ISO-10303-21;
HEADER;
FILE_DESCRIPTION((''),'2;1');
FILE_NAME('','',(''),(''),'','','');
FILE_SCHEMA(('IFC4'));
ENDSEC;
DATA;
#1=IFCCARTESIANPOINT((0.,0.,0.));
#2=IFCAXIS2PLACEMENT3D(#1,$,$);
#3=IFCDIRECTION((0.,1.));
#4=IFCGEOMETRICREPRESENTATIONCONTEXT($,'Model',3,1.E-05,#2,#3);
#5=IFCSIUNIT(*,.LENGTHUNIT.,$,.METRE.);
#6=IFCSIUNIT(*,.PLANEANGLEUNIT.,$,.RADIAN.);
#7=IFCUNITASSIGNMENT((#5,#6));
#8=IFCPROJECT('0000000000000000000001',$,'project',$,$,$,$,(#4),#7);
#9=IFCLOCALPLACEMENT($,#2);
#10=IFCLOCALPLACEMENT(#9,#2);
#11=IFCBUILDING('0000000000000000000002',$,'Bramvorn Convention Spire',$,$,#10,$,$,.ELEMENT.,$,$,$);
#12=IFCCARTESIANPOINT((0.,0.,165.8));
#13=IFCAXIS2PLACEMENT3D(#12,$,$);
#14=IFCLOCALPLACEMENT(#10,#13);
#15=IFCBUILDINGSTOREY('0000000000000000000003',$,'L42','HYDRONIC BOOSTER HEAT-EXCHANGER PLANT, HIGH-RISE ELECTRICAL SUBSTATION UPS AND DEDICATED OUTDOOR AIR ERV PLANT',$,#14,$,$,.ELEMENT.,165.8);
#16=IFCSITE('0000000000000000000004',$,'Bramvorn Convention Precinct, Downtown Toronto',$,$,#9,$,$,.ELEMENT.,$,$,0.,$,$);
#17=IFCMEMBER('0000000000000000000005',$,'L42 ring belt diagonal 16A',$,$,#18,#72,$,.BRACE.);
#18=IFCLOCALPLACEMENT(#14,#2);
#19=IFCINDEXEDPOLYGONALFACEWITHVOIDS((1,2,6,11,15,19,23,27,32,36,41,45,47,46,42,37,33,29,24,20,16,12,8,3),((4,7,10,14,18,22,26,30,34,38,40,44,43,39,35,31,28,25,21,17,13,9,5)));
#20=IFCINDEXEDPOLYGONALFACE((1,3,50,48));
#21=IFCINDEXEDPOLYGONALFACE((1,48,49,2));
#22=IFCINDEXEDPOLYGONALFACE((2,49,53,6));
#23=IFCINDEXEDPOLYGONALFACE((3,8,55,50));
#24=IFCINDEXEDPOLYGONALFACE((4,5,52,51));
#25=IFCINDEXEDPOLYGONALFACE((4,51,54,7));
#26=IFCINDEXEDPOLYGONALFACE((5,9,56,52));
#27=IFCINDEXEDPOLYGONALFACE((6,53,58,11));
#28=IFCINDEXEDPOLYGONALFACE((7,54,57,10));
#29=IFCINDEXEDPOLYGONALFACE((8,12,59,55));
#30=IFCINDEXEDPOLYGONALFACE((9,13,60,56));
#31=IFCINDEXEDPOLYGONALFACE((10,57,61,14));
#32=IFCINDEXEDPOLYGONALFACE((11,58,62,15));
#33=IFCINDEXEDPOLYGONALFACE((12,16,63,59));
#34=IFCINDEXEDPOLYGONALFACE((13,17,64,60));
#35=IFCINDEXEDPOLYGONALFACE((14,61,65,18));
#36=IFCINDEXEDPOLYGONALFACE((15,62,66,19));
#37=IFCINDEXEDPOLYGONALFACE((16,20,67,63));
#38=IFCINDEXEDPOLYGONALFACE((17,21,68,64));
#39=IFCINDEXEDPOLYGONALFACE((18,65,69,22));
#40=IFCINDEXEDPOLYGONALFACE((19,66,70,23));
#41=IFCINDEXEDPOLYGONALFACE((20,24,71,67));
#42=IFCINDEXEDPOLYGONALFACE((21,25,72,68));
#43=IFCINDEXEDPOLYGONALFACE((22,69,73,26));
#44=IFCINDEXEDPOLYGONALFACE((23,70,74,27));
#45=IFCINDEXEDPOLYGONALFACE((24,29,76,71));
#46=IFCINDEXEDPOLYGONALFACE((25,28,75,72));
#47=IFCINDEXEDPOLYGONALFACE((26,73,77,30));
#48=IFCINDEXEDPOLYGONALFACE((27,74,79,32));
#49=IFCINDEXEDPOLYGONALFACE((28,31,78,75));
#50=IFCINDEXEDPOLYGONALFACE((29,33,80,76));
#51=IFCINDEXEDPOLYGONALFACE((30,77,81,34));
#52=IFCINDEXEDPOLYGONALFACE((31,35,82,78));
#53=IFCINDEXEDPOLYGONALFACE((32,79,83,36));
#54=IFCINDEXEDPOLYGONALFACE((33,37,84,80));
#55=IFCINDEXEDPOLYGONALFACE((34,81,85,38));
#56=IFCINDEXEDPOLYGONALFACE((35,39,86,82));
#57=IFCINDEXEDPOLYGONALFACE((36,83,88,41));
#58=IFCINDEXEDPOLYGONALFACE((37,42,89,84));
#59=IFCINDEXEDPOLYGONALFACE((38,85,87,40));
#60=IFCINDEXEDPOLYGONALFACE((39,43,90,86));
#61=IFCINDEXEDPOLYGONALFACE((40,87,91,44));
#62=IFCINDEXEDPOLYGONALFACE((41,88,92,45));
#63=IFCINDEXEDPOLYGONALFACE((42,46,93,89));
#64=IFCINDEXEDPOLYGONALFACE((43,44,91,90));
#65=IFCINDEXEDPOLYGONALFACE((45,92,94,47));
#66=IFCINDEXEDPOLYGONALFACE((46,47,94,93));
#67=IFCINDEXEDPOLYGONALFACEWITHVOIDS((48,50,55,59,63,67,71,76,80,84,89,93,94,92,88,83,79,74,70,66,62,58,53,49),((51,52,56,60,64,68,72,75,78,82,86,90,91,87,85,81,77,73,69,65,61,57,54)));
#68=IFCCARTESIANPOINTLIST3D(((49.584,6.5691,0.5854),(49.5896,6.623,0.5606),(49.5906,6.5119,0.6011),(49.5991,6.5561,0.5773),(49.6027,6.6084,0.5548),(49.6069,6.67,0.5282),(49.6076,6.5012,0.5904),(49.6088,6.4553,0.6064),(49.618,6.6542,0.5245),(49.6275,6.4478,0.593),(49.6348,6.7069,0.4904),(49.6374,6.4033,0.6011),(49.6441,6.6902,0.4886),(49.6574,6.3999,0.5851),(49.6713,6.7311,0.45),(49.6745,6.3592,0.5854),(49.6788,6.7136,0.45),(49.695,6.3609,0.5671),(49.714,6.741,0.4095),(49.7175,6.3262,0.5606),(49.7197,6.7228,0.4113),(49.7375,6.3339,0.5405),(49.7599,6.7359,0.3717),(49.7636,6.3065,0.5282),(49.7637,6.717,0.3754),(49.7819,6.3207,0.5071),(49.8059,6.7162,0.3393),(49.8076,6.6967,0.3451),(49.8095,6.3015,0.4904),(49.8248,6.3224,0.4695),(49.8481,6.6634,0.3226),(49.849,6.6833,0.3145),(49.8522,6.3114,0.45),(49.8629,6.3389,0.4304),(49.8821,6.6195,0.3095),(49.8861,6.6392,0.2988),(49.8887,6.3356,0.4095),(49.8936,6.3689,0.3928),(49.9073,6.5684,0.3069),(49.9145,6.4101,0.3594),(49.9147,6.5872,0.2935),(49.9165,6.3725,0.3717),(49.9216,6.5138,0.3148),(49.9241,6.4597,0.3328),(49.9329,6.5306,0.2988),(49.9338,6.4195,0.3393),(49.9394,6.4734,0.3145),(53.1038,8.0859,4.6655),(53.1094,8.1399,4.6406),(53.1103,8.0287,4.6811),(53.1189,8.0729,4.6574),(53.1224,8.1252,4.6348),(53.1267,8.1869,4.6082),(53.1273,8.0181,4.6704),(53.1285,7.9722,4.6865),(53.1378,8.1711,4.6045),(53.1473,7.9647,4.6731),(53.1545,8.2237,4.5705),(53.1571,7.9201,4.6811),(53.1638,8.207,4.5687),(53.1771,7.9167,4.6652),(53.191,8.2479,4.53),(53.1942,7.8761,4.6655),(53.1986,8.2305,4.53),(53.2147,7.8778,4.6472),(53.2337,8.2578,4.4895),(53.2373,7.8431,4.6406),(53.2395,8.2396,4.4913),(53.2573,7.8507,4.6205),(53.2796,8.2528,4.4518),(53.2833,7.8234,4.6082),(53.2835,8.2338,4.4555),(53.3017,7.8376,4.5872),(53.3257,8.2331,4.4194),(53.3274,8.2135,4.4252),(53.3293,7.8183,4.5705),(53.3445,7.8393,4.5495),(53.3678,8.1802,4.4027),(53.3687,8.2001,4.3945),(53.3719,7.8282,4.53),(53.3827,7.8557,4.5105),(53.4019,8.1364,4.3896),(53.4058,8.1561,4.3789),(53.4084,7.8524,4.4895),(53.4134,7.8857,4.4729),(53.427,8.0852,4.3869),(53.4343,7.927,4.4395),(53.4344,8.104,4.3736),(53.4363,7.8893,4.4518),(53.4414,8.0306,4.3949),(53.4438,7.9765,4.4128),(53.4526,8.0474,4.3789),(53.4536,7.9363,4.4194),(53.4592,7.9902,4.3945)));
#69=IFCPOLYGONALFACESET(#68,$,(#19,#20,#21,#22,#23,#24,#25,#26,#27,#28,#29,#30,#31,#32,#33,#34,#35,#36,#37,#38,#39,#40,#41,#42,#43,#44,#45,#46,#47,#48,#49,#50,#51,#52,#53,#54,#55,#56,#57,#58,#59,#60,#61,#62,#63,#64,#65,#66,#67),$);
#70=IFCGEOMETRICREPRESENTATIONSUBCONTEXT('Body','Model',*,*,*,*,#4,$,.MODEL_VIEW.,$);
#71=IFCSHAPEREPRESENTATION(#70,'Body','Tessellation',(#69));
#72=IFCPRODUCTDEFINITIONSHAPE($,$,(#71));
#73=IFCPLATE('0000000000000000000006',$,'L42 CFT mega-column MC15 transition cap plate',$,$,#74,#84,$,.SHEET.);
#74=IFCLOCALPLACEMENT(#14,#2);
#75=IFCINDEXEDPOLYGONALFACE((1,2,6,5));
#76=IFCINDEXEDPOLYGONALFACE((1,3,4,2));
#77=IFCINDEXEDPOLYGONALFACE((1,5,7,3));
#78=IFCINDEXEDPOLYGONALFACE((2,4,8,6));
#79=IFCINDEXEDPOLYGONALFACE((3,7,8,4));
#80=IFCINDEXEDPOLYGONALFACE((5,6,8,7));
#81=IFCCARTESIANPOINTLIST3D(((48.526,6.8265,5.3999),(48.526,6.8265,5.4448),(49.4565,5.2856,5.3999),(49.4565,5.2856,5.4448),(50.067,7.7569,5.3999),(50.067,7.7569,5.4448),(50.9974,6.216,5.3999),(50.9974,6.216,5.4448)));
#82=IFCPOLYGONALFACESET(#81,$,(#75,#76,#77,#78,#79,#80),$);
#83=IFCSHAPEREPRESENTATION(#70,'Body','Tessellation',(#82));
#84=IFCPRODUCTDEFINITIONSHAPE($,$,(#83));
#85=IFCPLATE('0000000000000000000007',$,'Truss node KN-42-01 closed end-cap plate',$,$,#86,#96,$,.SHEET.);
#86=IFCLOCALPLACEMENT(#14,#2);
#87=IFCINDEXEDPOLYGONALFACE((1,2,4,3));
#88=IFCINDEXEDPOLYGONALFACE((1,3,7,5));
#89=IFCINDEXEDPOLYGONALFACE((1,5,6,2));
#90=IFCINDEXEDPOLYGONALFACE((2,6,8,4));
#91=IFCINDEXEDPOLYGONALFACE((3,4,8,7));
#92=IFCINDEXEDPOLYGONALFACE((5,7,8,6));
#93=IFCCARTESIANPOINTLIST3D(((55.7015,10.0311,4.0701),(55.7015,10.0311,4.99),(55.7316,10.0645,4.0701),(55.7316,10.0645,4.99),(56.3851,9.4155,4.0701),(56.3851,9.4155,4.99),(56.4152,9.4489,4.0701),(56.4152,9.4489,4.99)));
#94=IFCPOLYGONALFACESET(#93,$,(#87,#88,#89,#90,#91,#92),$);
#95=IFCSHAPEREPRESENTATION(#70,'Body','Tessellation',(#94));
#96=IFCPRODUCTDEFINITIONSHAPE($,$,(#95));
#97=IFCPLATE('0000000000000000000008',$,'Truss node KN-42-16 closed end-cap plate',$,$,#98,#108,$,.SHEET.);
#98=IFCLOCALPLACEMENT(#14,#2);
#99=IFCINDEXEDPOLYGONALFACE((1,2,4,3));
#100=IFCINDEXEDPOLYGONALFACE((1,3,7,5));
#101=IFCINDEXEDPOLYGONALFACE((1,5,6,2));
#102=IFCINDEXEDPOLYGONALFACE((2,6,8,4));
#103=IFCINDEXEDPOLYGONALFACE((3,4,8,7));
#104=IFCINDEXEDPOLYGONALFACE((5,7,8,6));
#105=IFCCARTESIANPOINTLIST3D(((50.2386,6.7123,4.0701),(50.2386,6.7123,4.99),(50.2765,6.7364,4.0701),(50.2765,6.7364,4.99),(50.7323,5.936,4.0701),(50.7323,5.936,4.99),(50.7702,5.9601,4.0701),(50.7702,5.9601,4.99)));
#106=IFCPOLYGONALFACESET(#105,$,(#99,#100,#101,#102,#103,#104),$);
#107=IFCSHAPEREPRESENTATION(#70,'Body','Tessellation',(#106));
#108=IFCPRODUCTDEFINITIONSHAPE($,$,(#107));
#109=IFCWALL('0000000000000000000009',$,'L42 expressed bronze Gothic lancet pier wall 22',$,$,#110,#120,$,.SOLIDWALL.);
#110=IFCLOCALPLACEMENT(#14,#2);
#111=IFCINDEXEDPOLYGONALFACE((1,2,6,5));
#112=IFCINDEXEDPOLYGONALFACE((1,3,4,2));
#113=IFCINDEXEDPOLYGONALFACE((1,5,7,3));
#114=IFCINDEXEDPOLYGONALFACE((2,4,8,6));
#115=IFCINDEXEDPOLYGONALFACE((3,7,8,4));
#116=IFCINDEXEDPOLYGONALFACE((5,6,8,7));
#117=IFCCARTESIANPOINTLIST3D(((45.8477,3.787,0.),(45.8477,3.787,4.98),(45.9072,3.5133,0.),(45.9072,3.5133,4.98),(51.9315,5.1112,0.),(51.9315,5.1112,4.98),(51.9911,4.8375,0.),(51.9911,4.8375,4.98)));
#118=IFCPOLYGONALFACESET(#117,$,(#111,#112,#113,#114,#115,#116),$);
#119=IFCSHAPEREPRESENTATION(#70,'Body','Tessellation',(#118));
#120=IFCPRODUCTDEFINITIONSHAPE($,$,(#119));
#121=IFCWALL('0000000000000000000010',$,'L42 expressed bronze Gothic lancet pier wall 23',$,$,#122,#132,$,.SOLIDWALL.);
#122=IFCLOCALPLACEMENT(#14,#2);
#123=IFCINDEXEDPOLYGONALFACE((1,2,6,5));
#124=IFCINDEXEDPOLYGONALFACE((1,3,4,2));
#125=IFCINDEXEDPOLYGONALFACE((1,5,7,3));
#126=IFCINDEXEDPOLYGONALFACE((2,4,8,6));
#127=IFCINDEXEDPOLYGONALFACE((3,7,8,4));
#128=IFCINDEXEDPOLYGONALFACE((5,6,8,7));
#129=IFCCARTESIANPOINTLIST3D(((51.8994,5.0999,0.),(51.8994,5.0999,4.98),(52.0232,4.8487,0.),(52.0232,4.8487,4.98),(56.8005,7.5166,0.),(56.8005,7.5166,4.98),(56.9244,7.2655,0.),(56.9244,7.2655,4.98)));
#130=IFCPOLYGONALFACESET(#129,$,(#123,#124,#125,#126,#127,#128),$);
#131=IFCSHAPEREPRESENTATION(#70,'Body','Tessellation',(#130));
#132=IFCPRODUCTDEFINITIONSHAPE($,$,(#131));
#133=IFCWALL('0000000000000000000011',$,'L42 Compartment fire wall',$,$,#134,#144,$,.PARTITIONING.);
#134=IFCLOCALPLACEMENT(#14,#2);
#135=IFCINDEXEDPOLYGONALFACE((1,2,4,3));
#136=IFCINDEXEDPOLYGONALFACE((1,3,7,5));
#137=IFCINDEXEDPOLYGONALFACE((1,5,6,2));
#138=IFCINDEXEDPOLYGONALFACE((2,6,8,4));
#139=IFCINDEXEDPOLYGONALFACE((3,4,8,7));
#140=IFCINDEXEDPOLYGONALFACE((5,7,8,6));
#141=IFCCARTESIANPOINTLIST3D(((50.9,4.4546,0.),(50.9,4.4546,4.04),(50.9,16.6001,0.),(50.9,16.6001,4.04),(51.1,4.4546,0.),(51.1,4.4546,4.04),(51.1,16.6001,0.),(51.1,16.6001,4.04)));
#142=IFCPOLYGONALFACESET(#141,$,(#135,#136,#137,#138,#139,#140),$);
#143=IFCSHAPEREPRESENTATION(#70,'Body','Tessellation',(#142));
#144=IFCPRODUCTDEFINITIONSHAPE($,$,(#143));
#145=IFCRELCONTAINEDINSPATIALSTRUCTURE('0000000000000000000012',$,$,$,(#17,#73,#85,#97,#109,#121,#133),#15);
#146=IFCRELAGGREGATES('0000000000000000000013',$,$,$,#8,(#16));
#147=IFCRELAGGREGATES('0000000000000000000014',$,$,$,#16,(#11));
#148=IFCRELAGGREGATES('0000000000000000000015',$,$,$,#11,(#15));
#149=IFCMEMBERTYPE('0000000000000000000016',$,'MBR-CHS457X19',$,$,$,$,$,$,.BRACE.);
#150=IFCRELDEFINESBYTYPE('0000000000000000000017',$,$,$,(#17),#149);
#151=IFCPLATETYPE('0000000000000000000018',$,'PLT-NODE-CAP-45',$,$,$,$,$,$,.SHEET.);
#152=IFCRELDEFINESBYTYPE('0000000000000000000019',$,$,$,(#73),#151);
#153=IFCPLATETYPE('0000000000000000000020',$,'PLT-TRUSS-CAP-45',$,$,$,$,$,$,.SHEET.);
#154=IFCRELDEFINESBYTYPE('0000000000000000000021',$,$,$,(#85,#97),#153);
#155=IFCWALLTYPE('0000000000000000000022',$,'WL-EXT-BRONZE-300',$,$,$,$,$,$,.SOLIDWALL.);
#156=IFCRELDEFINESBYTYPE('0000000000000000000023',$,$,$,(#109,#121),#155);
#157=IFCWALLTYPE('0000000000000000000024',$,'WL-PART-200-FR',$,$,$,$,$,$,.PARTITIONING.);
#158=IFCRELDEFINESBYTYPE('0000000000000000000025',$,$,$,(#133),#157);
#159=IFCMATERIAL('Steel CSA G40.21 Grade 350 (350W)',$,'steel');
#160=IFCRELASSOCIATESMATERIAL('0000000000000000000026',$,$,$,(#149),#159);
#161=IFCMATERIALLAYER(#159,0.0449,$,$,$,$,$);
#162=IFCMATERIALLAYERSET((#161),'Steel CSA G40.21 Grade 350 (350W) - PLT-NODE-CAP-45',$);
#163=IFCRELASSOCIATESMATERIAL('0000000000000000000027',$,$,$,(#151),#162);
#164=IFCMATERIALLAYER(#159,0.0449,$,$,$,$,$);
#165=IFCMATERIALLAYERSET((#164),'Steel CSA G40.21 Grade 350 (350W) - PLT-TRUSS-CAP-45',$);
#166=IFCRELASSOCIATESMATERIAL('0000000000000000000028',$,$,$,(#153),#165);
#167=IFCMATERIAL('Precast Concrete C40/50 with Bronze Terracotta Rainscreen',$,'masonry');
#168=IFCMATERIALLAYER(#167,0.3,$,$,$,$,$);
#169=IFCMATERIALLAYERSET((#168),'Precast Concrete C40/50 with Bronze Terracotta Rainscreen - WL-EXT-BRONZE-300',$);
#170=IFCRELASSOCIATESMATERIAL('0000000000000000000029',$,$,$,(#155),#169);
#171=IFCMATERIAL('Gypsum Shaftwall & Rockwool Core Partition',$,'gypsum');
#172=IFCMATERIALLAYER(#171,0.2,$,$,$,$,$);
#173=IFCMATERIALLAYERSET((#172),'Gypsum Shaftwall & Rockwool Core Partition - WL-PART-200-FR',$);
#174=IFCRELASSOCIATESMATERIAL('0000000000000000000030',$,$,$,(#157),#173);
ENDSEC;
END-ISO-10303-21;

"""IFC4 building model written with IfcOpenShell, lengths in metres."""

from ifc_helpers import new_model, si_unit, direction, frame, frame_2d, origin, origin_2d, place, context, subcontext, project, spatial, rectangle, hollow_circle, extrude, material, layer, layer_set, material_profile, profile_set, type_object, element, save


model = new_model("IFC4")

# Units and contexts
model_context = context("Model", 3, precision=1e-05, world=origin(), true_north=direction((0.0, 1.0)))
body_context = subcontext(model_context, "Body", "Model", "MODEL_VIEW")
ifc_project = project(units=[si_unit("LENGTHUNIT", "METRE"), si_unit("PLANEANGLEUNIT", "RADIAN")], contexts=[model_context])

# Site, building, storey
site_placement = place(None, origin())
site = spatial("IfcSite", under=ifc_project, at=site_placement, Name="Bramvorn Convention Precinct, Downtown Toronto", CompositionType="ELEMENT", RefElevation=0.0)
building_placement = place(site_placement, origin())
building = spatial("IfcBuilding", under=site, at=building_placement, Name="Bramvorn Convention Spire", CompositionType="ELEMENT")
storey_placement = place(building_placement, frame((0.0, 0.0, 165.8)))
storey = spatial("IfcBuildingStorey", under=building, at=storey_placement, Name="L42", Description="HYDRONIC BOOSTER HEAT-EXCHANGER PLANT, HIGH-RISE ELECTRICAL SUBSTATION UPS AND DEDICATED OUTDOOR AIR ERV PLANT", CompositionType="ELEMENT", Elevation=165.8)

# Shared definitions
ifc_material_1 = material(Name="Steel CSA G40.21 Grade 350 (350W)", Category="steel")

# Member
ifc_material_profile_1 = material_profile(ifc_material_1, hollow_circle(Radius=0.2285, WallThickness=0.019, at=origin_2d()))
ifc_profile_set_1 = profile_set([ifc_material_profile_1], Name="Steel CSA G40.21 Grade 350 (350W) - CHS457X19")
member_type_1 = type_object("IfcMemberType", Name="MBR-CHS457X19", PredefinedType="BRACE", material=ifc_profile_set_1)
member_1_placement = place(storey_placement, frame((49.7617, 6.5212, 0.45), z_axis=(0.628765, 0.270966, 0.728856), x_axis=(-0.395764, 0.918352, 0.0)))
element("IfcMember", 1, at=member_1_placement, inside=storey, type_object=member_type_1, Name="L42 ring belt diagonal 16A", PredefinedType="BRACE", context=body_context, shape_type="SweptSolid", body=[
    extrude(hollow_circle(Radius=0.2285, WallThickness=0.019, at=origin_2d()), origin(), (0.0, 0.0, 1.0), 5.5979),
])

# Plates
ifc_layer_1 = layer(ifc_material_1, 0.0449)
ifc_layer_set_1 = layer_set([ifc_layer_1], Name="Steel CSA G40.21 Grade 350 (350W) - PLT-NODE-CAP-45")
plate_type_1 = type_object("IfcPlateType", Name="PLT-NODE-CAP-45", PredefinedType="SHEET", material=ifc_layer_set_1)
plate_placement = place(storey_placement, frame((49.7617, 6.5212, 5.3999), z_axis=(0.0, 0.0, 1.0), x_axis=(0.516904, -0.856044, 0.0)))
element("IfcPlate", 2, at=plate_placement, inside=storey, type_object=plate_type_1, Name="L42 CFT mega-column MC15 transition cap plate", PredefinedType="SHEET", context=body_context, shape_type="SweptSolid", body=[
    extrude(rectangle(XDim=1.8, YDim=1.8, at=origin_2d()), origin(), (0.0, 0.0, 1.0), 0.0449),
])
ifc_layer_2 = layer(ifc_material_1, 0.0449)
ifc_layer_set_2 = layer_set([ifc_layer_2], Name="Steel CSA G40.21 Grade 350 (350W) - PLT-TRUSS-CAP-45")
plate_type_2 = type_object("IfcPlateType", Name="PLT-TRUSS-CAP-45", PredefinedType="SHEET", material=ifc_layer_set_2)
for number, where, z_axis, x_axis, name in (
    (3, (56.0583, 9.74, 4.0701), (0.0, 0.0, 1.0), (0.743144, -0.669132, 0.0), "Truss node KN-42-01 closed end-cap plate"),
    (4, (50.5044, 6.3362, 4.0701), (0.0, 0.0, 1.0), (0.536606, -0.843833, 0.0), "Truss node KN-42-16 closed end-cap plate"),
):
    element("IfcPlate", number, at=place(storey_placement, frame(where, z_axis=z_axis, x_axis=x_axis)), inside=storey, type_object=plate_type_2, Name=name, PredefinedType="SHEET", context=body_context, shape_type="SweptSolid", body=[
        extrude(rectangle(XDim=0.9199, YDim=0.0449, at=origin_2d()), origin(), (0.0, 0.0, 1.0), 0.9199),
    ])

# Walls
ifc_material_2 = material(Name="Precast Concrete C40/50 with Bronze Terracotta Rainscreen", Category="masonry")
ifc_layer_3 = layer(ifc_material_2, 0.3)
ifc_layer_set_3 = layer_set([ifc_layer_3], Name="Precast Concrete C40/50 with Bronze Terracotta Rainscreen - WL-EXT-BRONZE-300")
wall_type_1 = type_object("IfcWallType", Name="WL-EXT-BRONZE-300", PredefinedType="SOLIDWALL", material=ifc_layer_set_3)
wall_1_placement = place(storey_placement, frame((51.9614, 4.9744, 0.0), z_axis=(0.0, 0.0, 1.0), x_axis=(-0.977123, -0.212677, 0.0)))
element("IfcWall", 5, at=wall_1_placement, inside=storey, type_object=wall_type_1, Name="L42 expressed bronze Gothic lancet pier wall 22", PredefinedType="SOLIDWALL", context=body_context, shape_type="SweptSolid", body=[
    extrude(rectangle(XDim=6.2263, YDim=0.28, at=frame_2d((3.1133, 0.0))), origin(), (0.0, 0.0, 1.0), 4.98),
])
wall_2_placement = place(storey_placement, frame((56.8625, 7.3911, 0.0), z_axis=(0.0, 0.0, 1.0), x_axis=(-0.896889, -0.442257, 0.0)))
element("IfcWall", 6, at=wall_2_placement, inside=storey, type_object=wall_type_1, Name="L42 expressed bronze Gothic lancet pier wall 23", PredefinedType="SOLIDWALL", context=body_context, shape_type="SweptSolid", body=[
    extrude(rectangle(XDim=5.4646, YDim=0.28, at=frame_2d((2.7324, 0.0))), origin(), (0.0, 0.0, 1.0), 4.98),
])
ifc_material_3 = material(Name="Gypsum Shaftwall & Rockwool Core Partition", Category="gypsum")
ifc_layer_4 = layer(ifc_material_3, 0.2)
ifc_layer_set_4 = layer_set([ifc_layer_4], Name="Gypsum Shaftwall & Rockwool Core Partition - WL-PART-200-FR")
wall_type_2 = type_object("IfcWallType", Name="WL-PART-200-FR", PredefinedType="PARTITIONING", material=ifc_layer_set_4)
wall_3_placement = place(storey_placement, frame((51.0, 4.4546, 0.0), z_axis=(0.0, 0.0, 1.0), x_axis=(0.0, 1.0, 0.0)))
element("IfcWall", 7, at=wall_3_placement, inside=storey, type_object=wall_type_2, Name="L42 Compartment fire wall", PredefinedType="PARTITIONING", context=body_context, shape_type="SweptSolid", body=[
    extrude(rectangle(XDim=12.1455, YDim=0.2, at=frame_2d((6.0728, 0.0))), origin(), (0.0, 0.0, 1.0), 4.04),
])

save(model, "model.ifc")
